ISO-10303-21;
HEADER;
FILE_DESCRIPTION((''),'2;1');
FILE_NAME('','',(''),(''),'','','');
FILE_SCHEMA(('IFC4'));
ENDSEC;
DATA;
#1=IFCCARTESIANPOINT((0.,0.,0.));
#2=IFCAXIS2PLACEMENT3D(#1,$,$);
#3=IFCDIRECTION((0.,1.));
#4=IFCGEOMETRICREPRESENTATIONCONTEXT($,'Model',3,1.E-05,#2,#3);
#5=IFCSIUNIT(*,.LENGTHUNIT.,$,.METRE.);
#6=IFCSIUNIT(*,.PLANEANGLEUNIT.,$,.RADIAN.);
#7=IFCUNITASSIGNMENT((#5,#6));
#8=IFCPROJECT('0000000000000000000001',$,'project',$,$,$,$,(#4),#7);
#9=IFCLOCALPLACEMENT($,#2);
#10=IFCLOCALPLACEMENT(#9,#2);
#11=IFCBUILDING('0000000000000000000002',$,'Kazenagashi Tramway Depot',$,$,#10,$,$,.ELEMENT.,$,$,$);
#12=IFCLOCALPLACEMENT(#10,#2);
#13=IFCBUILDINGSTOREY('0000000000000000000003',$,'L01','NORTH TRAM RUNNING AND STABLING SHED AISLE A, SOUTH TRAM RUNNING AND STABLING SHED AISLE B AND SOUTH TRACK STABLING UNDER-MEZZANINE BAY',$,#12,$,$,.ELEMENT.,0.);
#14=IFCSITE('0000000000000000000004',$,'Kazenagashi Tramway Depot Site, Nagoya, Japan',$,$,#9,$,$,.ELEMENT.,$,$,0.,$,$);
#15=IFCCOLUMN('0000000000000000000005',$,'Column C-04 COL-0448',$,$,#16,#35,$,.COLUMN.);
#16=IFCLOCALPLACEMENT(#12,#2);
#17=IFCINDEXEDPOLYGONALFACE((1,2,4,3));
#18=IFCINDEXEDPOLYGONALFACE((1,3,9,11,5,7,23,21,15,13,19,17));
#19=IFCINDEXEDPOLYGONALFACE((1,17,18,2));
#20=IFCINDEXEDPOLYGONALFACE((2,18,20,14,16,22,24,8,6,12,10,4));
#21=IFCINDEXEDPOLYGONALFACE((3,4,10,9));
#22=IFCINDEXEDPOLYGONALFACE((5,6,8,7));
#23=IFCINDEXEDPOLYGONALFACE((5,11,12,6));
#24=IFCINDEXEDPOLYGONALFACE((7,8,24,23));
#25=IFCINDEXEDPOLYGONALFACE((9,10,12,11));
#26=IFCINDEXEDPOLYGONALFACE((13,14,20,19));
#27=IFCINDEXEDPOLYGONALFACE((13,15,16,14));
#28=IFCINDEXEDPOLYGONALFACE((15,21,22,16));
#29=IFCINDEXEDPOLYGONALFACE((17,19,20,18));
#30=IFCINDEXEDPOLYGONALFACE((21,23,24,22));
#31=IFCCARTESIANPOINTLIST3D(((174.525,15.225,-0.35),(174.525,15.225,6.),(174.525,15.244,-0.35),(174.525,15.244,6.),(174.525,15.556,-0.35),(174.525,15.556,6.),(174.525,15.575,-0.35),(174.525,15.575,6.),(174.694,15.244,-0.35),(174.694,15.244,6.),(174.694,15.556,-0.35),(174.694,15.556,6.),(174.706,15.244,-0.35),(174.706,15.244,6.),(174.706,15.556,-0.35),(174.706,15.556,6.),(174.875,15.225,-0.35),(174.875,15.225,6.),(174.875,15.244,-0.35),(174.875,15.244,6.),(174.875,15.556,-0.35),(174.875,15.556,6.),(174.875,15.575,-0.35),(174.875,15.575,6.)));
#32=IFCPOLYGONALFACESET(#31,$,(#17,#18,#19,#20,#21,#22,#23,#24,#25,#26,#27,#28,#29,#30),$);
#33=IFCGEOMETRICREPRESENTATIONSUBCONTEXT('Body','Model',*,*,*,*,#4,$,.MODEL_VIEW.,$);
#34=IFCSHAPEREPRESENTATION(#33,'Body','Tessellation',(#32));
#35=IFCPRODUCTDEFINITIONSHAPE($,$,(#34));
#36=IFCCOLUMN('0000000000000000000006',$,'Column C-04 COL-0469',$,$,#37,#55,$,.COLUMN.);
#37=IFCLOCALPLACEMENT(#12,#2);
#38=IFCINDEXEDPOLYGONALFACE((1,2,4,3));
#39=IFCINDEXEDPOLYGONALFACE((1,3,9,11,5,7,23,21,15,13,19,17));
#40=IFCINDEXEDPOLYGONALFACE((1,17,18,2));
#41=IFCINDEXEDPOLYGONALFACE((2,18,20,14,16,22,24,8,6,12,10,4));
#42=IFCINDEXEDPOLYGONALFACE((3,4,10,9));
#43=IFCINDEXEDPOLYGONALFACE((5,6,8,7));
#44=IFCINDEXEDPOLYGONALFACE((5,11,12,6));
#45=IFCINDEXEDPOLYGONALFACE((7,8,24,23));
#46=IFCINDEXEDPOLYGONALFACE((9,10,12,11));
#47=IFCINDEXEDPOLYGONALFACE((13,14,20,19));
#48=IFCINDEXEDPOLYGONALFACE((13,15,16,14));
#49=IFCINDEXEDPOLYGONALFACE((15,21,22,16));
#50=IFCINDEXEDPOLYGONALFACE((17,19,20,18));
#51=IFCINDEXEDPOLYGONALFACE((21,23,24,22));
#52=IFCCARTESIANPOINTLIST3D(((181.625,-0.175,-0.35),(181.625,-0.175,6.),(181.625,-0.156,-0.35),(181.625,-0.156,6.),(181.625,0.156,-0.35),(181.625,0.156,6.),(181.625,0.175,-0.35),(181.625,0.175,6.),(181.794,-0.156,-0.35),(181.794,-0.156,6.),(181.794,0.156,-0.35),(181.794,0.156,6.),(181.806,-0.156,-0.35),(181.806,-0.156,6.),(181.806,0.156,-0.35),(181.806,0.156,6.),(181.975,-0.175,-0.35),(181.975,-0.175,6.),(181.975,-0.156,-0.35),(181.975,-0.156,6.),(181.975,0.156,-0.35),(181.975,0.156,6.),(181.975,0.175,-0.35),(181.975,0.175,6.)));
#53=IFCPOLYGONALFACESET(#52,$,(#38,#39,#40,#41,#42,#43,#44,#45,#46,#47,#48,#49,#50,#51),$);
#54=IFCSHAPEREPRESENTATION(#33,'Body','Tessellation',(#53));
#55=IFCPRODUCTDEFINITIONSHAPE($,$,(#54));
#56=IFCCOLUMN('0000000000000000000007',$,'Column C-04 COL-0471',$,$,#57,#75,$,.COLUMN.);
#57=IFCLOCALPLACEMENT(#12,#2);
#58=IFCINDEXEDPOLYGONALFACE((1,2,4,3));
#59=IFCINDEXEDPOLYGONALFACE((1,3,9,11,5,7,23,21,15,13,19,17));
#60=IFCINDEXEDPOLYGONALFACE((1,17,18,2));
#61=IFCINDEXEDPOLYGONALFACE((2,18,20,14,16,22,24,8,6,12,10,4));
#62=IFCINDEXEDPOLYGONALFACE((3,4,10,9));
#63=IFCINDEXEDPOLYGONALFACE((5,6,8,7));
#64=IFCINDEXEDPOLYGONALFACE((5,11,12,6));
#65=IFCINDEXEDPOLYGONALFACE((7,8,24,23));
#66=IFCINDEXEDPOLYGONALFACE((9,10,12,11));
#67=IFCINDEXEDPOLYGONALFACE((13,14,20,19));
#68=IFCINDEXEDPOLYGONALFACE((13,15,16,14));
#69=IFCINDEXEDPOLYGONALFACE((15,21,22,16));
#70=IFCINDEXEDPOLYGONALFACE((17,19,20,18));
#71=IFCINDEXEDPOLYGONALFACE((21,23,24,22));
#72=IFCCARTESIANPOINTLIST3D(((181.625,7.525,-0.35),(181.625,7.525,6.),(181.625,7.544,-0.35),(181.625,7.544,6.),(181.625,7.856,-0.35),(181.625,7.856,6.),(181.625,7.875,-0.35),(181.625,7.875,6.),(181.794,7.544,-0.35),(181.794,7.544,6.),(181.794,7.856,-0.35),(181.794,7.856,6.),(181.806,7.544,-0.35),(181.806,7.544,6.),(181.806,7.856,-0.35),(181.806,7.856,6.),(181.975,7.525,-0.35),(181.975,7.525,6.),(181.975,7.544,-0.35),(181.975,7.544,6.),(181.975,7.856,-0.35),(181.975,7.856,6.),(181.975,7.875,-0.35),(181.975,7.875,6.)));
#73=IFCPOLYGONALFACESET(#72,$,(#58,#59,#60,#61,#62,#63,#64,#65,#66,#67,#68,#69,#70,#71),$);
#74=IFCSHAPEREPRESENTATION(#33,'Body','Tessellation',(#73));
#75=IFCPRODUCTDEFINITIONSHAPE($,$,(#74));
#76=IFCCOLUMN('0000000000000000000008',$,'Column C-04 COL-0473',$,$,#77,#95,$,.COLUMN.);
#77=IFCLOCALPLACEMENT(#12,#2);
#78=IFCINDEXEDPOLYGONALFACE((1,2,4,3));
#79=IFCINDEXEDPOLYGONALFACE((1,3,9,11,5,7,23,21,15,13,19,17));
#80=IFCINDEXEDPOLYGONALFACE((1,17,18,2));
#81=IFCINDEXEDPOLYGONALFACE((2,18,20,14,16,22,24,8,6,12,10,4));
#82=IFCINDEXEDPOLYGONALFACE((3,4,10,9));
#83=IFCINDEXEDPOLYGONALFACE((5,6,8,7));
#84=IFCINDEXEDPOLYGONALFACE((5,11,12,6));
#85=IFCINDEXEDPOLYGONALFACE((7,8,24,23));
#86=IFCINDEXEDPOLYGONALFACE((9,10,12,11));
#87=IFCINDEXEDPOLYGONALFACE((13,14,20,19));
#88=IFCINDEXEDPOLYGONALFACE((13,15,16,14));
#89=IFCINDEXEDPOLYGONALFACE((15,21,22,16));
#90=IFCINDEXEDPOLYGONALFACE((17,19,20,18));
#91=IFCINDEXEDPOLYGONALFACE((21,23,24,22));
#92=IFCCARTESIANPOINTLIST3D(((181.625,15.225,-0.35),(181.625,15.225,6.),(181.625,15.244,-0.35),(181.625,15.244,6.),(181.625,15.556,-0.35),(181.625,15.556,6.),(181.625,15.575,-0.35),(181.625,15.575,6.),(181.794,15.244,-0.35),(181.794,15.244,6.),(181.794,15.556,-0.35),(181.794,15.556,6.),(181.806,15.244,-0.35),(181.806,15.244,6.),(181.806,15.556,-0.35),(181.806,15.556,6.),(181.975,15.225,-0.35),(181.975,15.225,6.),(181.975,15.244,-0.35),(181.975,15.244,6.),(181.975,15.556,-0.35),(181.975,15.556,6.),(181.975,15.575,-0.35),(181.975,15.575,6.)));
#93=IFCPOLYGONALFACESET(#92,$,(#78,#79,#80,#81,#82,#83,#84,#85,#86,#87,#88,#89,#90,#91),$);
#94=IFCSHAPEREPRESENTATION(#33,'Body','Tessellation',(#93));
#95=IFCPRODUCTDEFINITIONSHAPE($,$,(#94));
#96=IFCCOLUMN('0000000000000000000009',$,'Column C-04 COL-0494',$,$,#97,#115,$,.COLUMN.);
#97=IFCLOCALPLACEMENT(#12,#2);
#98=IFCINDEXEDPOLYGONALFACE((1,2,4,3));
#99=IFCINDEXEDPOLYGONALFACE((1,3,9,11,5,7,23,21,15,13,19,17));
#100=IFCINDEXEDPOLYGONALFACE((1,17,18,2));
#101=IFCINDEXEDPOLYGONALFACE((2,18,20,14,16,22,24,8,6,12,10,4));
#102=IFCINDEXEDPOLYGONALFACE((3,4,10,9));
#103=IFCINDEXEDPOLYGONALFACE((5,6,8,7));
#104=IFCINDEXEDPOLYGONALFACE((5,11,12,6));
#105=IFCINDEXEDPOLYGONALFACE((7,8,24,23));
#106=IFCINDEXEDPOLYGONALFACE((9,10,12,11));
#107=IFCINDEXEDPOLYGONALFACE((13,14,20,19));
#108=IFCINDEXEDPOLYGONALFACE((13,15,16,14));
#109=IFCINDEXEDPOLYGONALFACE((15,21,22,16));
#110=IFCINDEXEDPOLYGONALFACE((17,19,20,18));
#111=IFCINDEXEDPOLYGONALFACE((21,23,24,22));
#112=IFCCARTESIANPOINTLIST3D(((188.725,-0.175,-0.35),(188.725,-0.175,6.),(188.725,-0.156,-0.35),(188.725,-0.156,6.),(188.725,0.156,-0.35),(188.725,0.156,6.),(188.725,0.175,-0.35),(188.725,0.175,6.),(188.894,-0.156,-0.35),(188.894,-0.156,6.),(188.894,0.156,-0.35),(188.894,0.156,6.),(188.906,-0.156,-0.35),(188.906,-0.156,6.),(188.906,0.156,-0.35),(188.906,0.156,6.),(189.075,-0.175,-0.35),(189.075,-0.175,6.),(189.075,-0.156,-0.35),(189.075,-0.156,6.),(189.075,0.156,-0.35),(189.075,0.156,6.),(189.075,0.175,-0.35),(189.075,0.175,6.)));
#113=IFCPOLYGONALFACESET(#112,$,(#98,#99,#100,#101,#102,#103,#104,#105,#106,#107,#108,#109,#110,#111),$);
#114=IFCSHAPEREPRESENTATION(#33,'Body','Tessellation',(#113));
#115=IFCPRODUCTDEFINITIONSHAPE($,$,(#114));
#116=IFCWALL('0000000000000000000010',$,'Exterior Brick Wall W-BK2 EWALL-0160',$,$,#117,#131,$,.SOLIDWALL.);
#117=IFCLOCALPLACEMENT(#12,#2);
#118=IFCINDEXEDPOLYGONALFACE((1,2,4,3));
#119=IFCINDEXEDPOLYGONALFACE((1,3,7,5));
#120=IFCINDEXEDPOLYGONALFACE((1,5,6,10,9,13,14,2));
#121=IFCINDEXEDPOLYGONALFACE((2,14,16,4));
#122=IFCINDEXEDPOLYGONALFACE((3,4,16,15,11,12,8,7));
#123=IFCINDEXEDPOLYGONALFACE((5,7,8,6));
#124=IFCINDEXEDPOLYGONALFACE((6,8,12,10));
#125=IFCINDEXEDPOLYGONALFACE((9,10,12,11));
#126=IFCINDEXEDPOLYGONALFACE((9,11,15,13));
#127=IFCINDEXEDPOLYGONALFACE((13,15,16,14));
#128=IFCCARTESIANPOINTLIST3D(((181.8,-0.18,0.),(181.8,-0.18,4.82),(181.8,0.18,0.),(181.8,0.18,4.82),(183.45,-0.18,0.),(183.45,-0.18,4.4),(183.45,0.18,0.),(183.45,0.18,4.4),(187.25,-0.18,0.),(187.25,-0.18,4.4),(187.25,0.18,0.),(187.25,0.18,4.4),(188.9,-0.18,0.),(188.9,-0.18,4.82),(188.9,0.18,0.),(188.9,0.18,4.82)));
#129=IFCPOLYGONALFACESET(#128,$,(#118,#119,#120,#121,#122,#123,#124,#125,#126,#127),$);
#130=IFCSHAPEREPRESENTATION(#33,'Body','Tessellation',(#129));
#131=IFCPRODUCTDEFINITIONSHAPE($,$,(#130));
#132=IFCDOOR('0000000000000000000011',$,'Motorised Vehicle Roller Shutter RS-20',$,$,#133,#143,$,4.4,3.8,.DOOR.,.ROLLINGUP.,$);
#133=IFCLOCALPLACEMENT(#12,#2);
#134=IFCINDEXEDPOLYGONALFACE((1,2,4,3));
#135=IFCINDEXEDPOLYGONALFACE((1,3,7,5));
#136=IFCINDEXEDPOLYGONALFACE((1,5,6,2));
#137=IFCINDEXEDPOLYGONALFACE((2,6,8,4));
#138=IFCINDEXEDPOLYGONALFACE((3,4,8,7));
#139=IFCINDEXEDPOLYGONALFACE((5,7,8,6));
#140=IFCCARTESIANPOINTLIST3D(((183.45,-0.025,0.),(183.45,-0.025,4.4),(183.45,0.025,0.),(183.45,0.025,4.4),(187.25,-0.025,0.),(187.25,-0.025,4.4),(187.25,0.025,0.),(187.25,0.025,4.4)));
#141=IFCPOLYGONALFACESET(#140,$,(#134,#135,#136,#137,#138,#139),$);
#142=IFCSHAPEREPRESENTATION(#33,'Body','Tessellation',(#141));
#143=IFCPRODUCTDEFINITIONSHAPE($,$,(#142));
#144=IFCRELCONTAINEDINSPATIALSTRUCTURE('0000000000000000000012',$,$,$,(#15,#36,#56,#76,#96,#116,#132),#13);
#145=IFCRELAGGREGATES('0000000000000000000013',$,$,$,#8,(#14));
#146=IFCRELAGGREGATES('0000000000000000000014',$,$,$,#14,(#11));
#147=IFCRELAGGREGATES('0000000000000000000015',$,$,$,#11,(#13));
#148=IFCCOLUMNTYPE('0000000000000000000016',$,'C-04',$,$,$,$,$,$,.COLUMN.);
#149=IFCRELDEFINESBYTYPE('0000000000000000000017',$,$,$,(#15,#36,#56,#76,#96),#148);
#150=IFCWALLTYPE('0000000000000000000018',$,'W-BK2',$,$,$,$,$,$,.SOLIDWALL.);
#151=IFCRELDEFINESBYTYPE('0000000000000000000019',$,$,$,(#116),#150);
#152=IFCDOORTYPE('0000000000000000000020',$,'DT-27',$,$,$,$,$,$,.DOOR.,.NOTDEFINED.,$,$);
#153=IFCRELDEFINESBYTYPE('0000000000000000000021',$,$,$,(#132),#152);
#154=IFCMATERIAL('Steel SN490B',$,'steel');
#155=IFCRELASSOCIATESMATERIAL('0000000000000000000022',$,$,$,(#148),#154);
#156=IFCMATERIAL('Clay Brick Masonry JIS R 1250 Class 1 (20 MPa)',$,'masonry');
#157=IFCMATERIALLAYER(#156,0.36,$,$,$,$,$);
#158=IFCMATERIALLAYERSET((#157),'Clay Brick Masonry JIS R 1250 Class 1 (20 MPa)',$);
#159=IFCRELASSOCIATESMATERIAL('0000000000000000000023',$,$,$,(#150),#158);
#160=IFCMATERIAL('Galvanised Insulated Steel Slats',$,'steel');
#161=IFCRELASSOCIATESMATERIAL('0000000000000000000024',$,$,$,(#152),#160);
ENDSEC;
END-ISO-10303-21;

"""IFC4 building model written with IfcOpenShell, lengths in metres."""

from ifc_helpers import new_model, si_unit, direction, frame, frame_2d, origin, origin_2d, place, context, subcontext, project, spatial, rectangle, i_section, extrude, material, layer, layer_set, material_profile, profile_set, type_object, element, fill, save


model = new_model("IFC4")

# Units and contexts
model_context = context("Model", 3, precision=1e-05, world=origin(), true_north=direction((0.0, 1.0)))
body_context = subcontext(model_context, "Body", "Model", "MODEL_VIEW")
ifc_project = project(units=[si_unit("LENGTHUNIT", "METRE"), si_unit("PLANEANGLEUNIT", "RADIAN")], contexts=[model_context])

# Site, building, storey
site_placement = place(None, origin())
site = spatial("IfcSite", under=ifc_project, at=site_placement, Name="Kazenagashi Tramway Depot Site, Nagoya, Japan", CompositionType="ELEMENT", RefElevation=0.0)
building_placement = place(site_placement, origin())
building = spatial("IfcBuilding", under=site, at=building_placement, Name="Kazenagashi Tramway Depot", CompositionType="ELEMENT")
storey_placement = place(building_placement, origin())
storey = spatial("IfcBuildingStorey", under=building, at=storey_placement, Name="L01", Description="NORTH TRAM RUNNING AND STABLING SHED AISLE A, SOUTH TRAM RUNNING AND STABLING SHED AISLE B AND SOUTH TRACK STABLING UNDER-MEZZANINE BAY", CompositionType="ELEMENT", Elevation=0.0)

# Columns
ifc_material_1 = material(Name="Steel SN490B", Category="steel")
ifc_material_profile_1 = material_profile(ifc_material_1, i_section(OverallWidth=0.35, OverallDepth=0.35, WebThickness=0.012, FlangeThickness=0.019, at=origin_2d()), Name="H-350x350x12x19")
ifc_profile_set_1 = profile_set([ifc_material_profile_1], Name="Steel SN490B")
column_type = type_object("IfcColumnType", Name="C-04", PredefinedType="COLUMN", material=ifc_profile_set_1)
for number, where, z_axis, x_axis, name in (
    (1, (174.7, 15.4, -0.35), (0.0, 0.0, 1.0), (1.0, 0.0, 0.0), "Column C-04 COL-0448"),
    (2, (181.8, 0.0, -0.35), (0.0, 0.0, 1.0), (1.0, 0.0, 0.0), "Column C-04 COL-0469"),
    (3, (181.8, 7.7, -0.35), (0.0, 0.0, 1.0), (1.0, 0.0, 0.0), "Column C-04 COL-0471"),
    (4, (181.8, 15.4, -0.35), (0.0, 0.0, 1.0), (1.0, 0.0, 0.0), "Column C-04 COL-0473"),
    (5, (188.9, 0.0, -0.35), (0.0, 0.0, 1.0), (1.0, 0.0, 0.0), "Column C-04 COL-0494"),
):
    element("IfcColumn", number, at=place(storey_placement, frame(where, z_axis=z_axis, x_axis=x_axis)), inside=storey, type_object=column_type, Name=name, PredefinedType="COLUMN", context=body_context, shape_type="SweptSolid", body=[
        extrude(i_section(OverallWidth=0.35, OverallDepth=0.35, WebThickness=0.012, FlangeThickness=0.019, at=origin_2d()), origin(), (0.0, 0.0, 1.0), 6.35),
    ])

# Wall, opening, door
ifc_material_2 = material(Name="Clay Brick Masonry JIS R 1250 Class 1 (20 MPa)", Category="masonry")
ifc_layer = layer(ifc_material_2, 0.36)
ifc_layer_set = layer_set([ifc_layer], Name="Clay Brick Masonry JIS R 1250 Class 1 (20 MPa)")
wall_type = type_object("IfcWallType", Name="W-BK2", PredefinedType="SOLIDWALL", material=ifc_layer_set)
wall_placement = place(storey_placement, frame((181.8, 0.0, 0.0), z_axis=(0.0, 0.0, 1.0), x_axis=(1.0, 0.0, 0.0)))
wall = element("IfcWall", 6, at=wall_placement, inside=storey, type_object=wall_type, Name="Exterior Brick Wall W-BK2 EWALL-0160", PredefinedType="SOLIDWALL", context=body_context, shape_type="SweptSolid", body=[
    extrude(rectangle(XDim=7.1, YDim=0.36, at=frame_2d((3.55, 0.0))), origin(), (0.0, 0.0, 1.0), 4.82),
])
opening_placement = place(wall_placement, frame((1.65, 0.0, 0.0)))
opening = element("IfcOpeningElement", 7, at=opening_placement, cuts=wall, PredefinedType="OPENING", context=body_context, shape_type="SweptSolid", body=[
    extrude(rectangle(XDim=3.8, YDim=4.4, at=frame_2d((1.9, 2.2))), frame((0.0, 0.19, 0.0), z_axis=(0.0, -1.0, 0.0), x_axis=(1.0, 0.0, 0.0)), (0.0, 0.0, 1.0), 0.38),
])
ifc_material_3 = material(Name="Galvanised Insulated Steel Slats", Category="steel")
door_type = type_object("IfcDoorType", Name="DT-27", OperationType="NOTDEFINED", PredefinedType="DOOR", material=ifc_material_3)
door_placement = place(opening_placement, frame((3.8, 0.0, 0.0), z_axis=(0.0, 0.0, 1.0), x_axis=(-1.0, 0.0, 0.0)))
door = element("IfcDoor", 8, at=door_placement, inside=storey, type_object=door_type, Name="Motorised Vehicle Roller Shutter RS-20", OperationType="ROLLINGUP", OverallHeight=4.4, OverallWidth=3.8, PredefinedType="DOOR", context=body_context, shape_type="SweptSolid", body=[
    extrude(rectangle(XDim=3.8, YDim=4.4, at=frame_2d((1.9, 2.2))), frame((0.0, 0.025, 0.0), z_axis=(0.0, -1.0, 0.0), x_axis=(1.0, 0.0, 0.0)), (0.0, 0.0, 1.0), 0.05),
])
fill(opening, door)

save(model, "model.ifc")
